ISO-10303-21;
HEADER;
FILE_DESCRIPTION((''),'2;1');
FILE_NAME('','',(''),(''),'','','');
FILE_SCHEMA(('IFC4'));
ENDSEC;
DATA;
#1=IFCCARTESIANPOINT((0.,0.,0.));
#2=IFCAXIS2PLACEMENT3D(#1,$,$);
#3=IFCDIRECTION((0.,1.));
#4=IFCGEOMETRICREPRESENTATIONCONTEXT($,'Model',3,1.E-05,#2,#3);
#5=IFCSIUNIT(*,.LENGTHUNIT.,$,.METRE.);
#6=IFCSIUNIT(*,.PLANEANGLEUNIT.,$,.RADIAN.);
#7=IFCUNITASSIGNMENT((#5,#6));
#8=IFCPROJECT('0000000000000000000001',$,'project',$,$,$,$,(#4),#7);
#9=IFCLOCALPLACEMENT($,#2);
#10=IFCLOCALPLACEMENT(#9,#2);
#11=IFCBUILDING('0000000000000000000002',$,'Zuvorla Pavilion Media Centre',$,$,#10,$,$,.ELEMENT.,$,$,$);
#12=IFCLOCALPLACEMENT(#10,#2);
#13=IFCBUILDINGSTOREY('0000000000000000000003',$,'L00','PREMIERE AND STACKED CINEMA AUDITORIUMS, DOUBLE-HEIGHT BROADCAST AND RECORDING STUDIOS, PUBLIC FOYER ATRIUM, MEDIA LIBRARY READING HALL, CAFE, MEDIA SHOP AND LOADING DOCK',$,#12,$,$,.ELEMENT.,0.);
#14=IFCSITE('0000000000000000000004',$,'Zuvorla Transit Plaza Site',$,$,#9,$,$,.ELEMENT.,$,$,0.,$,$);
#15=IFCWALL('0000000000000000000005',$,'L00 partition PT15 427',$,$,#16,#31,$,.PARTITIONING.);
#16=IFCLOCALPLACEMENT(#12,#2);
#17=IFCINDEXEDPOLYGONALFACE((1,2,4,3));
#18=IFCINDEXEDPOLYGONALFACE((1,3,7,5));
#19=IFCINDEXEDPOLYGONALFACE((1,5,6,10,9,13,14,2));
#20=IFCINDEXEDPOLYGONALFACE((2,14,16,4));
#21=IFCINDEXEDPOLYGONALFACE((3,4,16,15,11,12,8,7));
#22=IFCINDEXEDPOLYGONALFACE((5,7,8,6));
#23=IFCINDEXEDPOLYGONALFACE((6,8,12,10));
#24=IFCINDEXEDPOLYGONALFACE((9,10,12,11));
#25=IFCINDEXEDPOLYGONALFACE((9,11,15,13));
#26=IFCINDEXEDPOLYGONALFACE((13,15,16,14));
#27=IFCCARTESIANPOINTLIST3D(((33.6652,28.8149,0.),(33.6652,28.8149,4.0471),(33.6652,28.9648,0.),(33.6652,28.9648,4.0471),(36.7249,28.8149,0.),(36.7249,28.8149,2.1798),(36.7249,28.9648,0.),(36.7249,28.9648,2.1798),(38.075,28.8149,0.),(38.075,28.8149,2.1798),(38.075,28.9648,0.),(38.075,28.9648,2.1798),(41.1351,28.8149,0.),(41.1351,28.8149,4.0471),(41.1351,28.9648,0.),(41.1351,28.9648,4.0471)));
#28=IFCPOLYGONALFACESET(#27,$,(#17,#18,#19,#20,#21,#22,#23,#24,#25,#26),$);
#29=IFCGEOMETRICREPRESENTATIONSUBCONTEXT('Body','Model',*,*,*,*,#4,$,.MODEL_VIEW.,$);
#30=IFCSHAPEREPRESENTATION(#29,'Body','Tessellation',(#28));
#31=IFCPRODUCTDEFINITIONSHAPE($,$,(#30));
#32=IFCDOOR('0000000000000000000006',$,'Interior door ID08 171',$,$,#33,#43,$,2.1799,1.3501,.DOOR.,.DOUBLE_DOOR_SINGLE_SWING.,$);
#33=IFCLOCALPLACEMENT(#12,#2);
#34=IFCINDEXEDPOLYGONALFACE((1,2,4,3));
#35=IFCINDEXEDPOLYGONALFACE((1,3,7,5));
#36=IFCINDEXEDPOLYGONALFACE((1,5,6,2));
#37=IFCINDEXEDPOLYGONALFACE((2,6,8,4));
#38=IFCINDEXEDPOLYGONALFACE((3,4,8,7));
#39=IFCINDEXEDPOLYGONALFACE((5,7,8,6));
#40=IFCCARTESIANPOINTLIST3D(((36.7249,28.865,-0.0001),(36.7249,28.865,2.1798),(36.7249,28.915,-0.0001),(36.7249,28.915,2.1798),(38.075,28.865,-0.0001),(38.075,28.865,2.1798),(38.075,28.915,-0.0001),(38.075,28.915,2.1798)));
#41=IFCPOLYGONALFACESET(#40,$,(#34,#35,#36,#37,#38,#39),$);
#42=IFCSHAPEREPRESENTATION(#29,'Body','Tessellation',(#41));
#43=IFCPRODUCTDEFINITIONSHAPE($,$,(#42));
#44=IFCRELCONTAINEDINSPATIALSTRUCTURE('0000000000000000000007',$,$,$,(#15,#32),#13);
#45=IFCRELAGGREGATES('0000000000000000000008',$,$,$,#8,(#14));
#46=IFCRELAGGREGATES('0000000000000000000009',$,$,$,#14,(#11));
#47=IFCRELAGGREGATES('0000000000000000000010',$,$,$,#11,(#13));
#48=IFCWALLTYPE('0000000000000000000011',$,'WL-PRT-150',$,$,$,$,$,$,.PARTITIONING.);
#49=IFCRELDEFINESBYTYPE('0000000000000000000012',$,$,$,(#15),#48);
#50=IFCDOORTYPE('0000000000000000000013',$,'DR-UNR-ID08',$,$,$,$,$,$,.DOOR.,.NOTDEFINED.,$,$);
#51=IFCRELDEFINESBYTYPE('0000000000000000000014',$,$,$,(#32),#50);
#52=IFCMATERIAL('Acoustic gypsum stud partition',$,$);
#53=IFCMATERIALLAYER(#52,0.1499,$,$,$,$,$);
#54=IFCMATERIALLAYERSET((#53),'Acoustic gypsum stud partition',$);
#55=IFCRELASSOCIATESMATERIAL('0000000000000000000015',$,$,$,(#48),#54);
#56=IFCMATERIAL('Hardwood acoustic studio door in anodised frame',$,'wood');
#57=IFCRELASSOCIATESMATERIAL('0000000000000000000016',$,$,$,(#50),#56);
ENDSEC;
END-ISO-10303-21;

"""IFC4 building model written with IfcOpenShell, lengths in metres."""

from ifc_helpers import new_model, si_unit, direction, frame, frame_2d, origin, place, context, subcontext, project, spatial, rectangle, extrude, material, layer, layer_set, type_object, element, fill, save


model = new_model("IFC4")

# Units and contexts
model_context = context("Model", 3, precision=1e-05, world=origin(), true_north=direction((0.0, 1.0)))
body_context = subcontext(model_context, "Body", "Model", "MODEL_VIEW")
ifc_project = project(units=[si_unit("LENGTHUNIT", "METRE"), si_unit("PLANEANGLEUNIT", "RADIAN")], contexts=[model_context])

# Site, building, storey
site_placement = place(None, origin())
site = spatial("IfcSite", under=ifc_project, at=site_placement, Name="Zuvorla Transit Plaza Site", CompositionType="ELEMENT", RefElevation=0.0)
building_placement = place(site_placement, origin())
building = spatial("IfcBuilding", under=site, at=building_placement, Name="Zuvorla Pavilion Media Centre", CompositionType="ELEMENT")
storey_placement = place(building_placement, origin())
storey = spatial("IfcBuildingStorey", under=building, at=storey_placement, Name="L00", Description="PREMIERE AND STACKED CINEMA AUDITORIUMS, DOUBLE-HEIGHT BROADCAST AND RECORDING STUDIOS, PUBLIC FOYER ATRIUM, MEDIA LIBRARY READING HALL, CAFE, MEDIA SHOP AND LOADING DOCK", CompositionType="ELEMENT", Elevation=0.0)

# Wall, opening, door
ifc_material_1 = material(Name="Acoustic gypsum stud partition")
ifc_layer_1 = layer(ifc_material_1, 0.1499)
ifc_layer_set_1 = layer_set([ifc_layer_1], Name="Acoustic gypsum stud partition")
wall_type_1 = type_object("IfcWallType", Name="WL-PRT-150", PredefinedType="PARTITIONING", material=ifc_layer_set_1)
ifc_material_2 = material(Name="Hardwood acoustic studio door in anodised frame", Category="wood")
wall_1_placement = place(storey_placement, frame((41.135, 28.8899, 0.0), z_axis=(0.0, 0.0, 1.0), x_axis=(-1.0, 0.0, 0.0)))
wall_1 = element("IfcWall", 1, at=wall_1_placement, inside=storey, type_object=wall_type_1, Name="L00 partition PT15 427", PredefinedType="PARTITIONING", context=body_context, shape_type="SweptSolid", body=[
    extrude(rectangle(XDim=7.47, YDim=0.1499, at=frame_2d((3.7349, 0.0))), origin(), (0.0, 0.0, 1.0), 4.0471),
])
opening_1_placement = place(wall_1_placement, frame((3.0601, 0.0, 0.0)))
opening_1 = element("IfcOpeningElement", 2, at=opening_1_placement, cuts=wall_1, PredefinedType="OPENING", context=body_context, shape_type="SweptSolid", body=[
    extrude(rectangle(XDim=1.3501, YDim=2.1799, at=frame_2d((0.675, 1.0898))), frame((0.0, 0.085, 0.0), z_axis=(0.0, -1.0, 0.0), x_axis=(1.0, 0.0, 0.0)), (0.0, 0.0, 1.0), 0.1699),
])
door_type_1 = type_object("IfcDoorType", Name="DR-UNR-ID08", OperationType="NOTDEFINED", PredefinedType="DOOR", material=ifc_material_2)
door_1_placement = place(opening_1_placement, origin())
door_1 = element("IfcDoor", 3, at=door_1_placement, inside=storey, type_object=door_type_1, Name="Interior door ID08 171", OperationType="DOUBLE_DOOR_SINGLE_SWING", OverallHeight=2.1799, OverallWidth=1.3501, PredefinedType="DOOR", context=body_context, shape_type="SweptSolid", body=[
    extrude(rectangle(XDim=1.3501, YDim=2.1799, at=frame_2d((0.675, 1.0898))), frame((0.0, 0.0249, 0.0), z_axis=(0.0, -1.0, 0.0), x_axis=(1.0, 0.0, 0.0)), (0.0, 0.0, 1.0), 0.05),
])
fill(opening_1, door_1)

save(model, "model.ifc")
